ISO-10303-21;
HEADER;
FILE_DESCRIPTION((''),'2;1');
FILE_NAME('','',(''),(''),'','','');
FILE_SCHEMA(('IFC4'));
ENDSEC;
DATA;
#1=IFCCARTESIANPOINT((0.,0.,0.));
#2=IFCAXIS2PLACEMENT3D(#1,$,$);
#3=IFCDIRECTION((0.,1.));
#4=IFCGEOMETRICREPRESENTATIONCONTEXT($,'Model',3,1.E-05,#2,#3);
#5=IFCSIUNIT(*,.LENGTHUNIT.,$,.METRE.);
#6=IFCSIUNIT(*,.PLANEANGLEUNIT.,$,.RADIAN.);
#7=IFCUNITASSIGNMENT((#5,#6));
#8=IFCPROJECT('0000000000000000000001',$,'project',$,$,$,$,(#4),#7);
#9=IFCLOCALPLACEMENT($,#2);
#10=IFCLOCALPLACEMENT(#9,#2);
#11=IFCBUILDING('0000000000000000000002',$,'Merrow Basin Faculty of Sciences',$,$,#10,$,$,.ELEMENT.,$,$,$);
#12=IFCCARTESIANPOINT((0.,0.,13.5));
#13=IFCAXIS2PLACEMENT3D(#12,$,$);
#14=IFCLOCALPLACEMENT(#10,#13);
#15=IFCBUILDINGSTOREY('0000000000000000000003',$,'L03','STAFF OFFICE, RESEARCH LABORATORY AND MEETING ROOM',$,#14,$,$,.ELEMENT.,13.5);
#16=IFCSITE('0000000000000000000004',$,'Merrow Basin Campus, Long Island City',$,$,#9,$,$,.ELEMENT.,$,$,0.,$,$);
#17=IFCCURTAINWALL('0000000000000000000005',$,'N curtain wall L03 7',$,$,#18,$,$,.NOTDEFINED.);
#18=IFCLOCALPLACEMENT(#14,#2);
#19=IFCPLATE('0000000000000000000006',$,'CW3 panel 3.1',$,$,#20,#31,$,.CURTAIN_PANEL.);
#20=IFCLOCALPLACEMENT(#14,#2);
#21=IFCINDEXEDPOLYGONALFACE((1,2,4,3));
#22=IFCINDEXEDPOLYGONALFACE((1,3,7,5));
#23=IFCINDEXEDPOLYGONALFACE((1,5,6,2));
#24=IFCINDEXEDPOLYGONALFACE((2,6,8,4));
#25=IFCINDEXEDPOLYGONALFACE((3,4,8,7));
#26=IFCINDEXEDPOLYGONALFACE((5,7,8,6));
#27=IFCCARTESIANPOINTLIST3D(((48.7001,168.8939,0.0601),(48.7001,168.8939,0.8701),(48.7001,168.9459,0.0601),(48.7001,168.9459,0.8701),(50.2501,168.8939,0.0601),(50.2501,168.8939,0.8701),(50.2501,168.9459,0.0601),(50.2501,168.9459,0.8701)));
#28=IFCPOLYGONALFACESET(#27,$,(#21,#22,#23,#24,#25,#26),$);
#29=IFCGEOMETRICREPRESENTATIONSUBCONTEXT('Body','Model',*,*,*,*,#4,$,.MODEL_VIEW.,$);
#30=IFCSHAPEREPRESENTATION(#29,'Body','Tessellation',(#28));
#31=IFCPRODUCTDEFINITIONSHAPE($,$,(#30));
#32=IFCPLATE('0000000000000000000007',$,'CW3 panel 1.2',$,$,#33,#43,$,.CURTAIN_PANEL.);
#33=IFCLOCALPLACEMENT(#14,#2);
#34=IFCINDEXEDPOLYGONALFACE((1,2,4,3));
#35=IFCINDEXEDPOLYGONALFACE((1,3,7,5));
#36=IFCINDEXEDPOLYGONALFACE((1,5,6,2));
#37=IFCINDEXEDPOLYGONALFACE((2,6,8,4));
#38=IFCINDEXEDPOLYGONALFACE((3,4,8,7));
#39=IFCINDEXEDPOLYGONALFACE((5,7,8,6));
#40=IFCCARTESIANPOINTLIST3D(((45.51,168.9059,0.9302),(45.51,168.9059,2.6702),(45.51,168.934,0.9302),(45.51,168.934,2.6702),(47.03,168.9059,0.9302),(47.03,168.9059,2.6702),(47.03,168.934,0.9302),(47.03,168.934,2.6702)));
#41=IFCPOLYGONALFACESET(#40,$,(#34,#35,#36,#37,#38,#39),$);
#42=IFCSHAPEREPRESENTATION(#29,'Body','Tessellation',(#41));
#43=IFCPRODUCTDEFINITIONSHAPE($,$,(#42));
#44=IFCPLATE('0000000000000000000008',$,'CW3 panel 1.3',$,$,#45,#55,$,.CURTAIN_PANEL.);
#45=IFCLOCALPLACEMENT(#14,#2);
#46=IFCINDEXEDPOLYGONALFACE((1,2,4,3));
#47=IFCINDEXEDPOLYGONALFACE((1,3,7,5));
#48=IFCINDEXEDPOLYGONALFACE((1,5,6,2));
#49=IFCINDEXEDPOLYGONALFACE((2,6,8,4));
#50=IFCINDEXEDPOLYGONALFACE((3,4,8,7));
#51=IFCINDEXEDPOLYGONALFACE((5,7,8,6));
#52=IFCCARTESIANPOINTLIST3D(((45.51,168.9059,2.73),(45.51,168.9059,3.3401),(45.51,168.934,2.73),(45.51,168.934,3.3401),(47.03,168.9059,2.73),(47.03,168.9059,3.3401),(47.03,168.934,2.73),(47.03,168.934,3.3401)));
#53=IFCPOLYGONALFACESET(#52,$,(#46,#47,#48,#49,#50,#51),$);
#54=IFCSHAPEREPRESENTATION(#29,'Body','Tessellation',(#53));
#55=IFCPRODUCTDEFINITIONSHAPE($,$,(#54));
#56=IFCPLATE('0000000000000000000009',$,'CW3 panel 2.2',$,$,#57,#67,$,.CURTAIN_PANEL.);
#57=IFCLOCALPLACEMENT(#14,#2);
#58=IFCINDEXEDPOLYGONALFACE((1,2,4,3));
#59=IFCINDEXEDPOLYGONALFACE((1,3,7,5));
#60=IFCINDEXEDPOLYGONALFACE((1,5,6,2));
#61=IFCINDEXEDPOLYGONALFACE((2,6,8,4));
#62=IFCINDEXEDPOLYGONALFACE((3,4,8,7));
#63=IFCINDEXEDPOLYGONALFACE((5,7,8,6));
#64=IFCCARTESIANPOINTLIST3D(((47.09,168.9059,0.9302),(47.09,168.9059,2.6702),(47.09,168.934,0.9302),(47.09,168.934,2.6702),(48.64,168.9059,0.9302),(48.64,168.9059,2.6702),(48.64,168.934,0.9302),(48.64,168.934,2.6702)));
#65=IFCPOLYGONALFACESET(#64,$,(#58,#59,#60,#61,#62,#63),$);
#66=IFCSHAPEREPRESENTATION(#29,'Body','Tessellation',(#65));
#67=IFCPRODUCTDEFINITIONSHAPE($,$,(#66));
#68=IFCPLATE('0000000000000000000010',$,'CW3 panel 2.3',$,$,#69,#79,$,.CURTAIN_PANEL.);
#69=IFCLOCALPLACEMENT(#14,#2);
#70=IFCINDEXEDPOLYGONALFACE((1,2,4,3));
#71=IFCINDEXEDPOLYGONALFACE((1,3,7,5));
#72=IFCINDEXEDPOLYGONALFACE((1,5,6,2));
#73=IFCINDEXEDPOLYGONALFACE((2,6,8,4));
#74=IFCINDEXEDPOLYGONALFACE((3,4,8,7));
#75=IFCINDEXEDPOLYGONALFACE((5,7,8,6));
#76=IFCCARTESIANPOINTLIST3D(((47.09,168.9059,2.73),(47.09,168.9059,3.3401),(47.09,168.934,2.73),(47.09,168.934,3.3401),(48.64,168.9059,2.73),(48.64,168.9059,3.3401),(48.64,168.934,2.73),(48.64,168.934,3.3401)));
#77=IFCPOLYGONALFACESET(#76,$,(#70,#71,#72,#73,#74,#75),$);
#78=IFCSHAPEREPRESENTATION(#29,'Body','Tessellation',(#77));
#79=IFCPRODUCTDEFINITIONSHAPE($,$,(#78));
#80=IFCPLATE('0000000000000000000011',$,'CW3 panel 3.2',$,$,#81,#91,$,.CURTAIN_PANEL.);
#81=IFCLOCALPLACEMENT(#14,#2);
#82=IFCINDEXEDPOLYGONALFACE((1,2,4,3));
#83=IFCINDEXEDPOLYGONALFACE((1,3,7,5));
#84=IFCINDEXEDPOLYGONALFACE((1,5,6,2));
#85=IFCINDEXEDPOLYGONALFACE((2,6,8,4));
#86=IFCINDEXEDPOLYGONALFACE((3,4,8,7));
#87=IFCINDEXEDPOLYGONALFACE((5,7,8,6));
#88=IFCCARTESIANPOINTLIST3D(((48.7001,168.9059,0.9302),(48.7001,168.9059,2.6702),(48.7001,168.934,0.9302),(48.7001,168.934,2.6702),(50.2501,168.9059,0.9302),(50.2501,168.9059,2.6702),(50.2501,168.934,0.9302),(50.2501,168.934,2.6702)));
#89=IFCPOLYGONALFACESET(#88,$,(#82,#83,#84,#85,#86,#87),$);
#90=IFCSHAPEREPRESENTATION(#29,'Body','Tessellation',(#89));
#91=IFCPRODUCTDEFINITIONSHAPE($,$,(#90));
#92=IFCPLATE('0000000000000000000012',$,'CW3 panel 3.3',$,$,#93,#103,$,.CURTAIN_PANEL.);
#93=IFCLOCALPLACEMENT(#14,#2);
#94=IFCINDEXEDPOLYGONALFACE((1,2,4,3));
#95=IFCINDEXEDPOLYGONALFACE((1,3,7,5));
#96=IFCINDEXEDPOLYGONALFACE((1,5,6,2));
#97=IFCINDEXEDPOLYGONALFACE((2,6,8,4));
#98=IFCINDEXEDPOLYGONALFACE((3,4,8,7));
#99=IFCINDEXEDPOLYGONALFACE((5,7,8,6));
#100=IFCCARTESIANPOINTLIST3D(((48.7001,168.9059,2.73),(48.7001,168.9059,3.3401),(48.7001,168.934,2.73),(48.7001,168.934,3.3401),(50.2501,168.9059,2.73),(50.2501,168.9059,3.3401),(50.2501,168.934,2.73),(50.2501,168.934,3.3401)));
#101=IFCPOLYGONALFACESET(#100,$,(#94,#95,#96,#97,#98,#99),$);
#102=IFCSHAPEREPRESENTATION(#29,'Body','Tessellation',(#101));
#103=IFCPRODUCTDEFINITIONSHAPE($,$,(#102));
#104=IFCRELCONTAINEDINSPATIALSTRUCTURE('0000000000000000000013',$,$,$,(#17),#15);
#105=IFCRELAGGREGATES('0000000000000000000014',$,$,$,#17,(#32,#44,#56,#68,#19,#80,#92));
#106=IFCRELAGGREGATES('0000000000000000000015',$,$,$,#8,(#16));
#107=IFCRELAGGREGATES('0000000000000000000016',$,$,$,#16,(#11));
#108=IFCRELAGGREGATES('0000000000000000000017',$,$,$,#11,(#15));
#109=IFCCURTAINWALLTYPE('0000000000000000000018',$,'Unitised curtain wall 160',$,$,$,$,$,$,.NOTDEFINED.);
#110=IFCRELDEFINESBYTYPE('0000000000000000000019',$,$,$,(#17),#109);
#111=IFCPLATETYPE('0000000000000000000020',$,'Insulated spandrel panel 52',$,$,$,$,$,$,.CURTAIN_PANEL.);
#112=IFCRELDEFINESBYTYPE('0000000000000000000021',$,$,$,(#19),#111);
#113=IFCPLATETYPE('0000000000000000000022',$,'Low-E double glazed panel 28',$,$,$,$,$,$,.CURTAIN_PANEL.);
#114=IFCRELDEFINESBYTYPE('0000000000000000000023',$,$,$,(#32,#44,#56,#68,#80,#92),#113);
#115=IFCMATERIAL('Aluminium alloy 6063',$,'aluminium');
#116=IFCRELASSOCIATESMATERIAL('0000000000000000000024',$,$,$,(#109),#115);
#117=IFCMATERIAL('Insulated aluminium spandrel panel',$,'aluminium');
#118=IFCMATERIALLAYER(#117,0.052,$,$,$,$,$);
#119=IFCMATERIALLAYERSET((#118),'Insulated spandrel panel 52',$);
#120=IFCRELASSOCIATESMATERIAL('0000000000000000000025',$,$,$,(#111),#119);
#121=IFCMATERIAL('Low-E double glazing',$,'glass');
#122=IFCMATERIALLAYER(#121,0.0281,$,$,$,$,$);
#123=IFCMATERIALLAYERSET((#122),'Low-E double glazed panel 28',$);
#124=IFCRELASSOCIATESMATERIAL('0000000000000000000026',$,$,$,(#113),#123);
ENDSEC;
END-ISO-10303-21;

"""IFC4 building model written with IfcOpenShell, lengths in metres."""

from ifc_helpers import new_model, si_unit, direction, frame, origin, origin_2d, place, context, subcontext, project, spatial, rectangle, extrude, material, layer, layer_set, type_object, element, aggregate, save


model = new_model("IFC4")

# Units and contexts
model_context = context("Model", 3, precision=1e-05, world=origin(), true_north=direction((0.0, 1.0)))
body_context = subcontext(model_context, "Body", "Model", "MODEL_VIEW")
ifc_project = project(units=[si_unit("LENGTHUNIT", "METRE"), si_unit("PLANEANGLEUNIT", "RADIAN")], contexts=[model_context])

# Site, building, storey
site_placement = place(None, origin())
site = spatial("IfcSite", under=ifc_project, at=site_placement, Name="Merrow Basin Campus, Long Island City", CompositionType="ELEMENT", RefElevation=0.0)
building_placement = place(site_placement, origin())
building = spatial("IfcBuilding", under=site, at=building_placement, Name="Merrow Basin Faculty of Sciences", CompositionType="ELEMENT")
storey_placement = place(building_placement, frame((0.0, 0.0, 13.5)))
storey = spatial("IfcBuildingStorey", under=building, at=storey_placement, Name="L03", Description="STAFF OFFICE, RESEARCH LABORATORY AND MEETING ROOM", CompositionType="ELEMENT", Elevation=13.5)

# Curtain wall, plates
ifc_material_1 = material(Name="Aluminium alloy 6063", Category="aluminium")
curtain_wall_type = type_object("IfcCurtainWallType", Name="Unitised curtain wall 160", PredefinedType="NOTDEFINED", material=ifc_material_1)
curtain_wall_placement = place(storey_placement, origin())
curtain_wall = element("IfcCurtainWall", 1, at=curtain_wall_placement, inside=storey, type_object=curtain_wall_type, Name="N curtain wall L03 7", PredefinedType="NOTDEFINED")
ifc_material_2 = material(Name="Insulated aluminium spandrel panel", Category="aluminium")
ifc_layer_1 = layer(ifc_material_2, 0.052)
ifc_layer_set_1 = layer_set([ifc_layer_1], Name="Insulated spandrel panel 52")
plate_type_1 = type_object("IfcPlateType", Name="Insulated spandrel panel 52", PredefinedType="CURTAIN_PANEL", material=ifc_layer_set_1)
plate_1_placement = place(storey_placement, frame((49.4751, 168.9199, 0.0601), z_axis=(0.0, 0.0, 1.0), x_axis=(1.0, 0.0, 0.0)))
plate_1 = element("IfcPlate", 2, at=plate_1_placement, type_object=plate_type_1, Name="CW3 panel 3.1", PredefinedType="CURTAIN_PANEL", context=body_context, shape_type="SweptSolid", body=[
    extrude(rectangle(XDim=1.55, YDim=0.052, at=origin_2d()), origin(), (0.0, 0.0, 1.0), 0.8101),
])
ifc_material_3 = material(Name="Low-E double glazing", Category="glass")
ifc_layer_2 = layer(ifc_material_3, 0.0281)
ifc_layer_set_2 = layer_set([ifc_layer_2], Name="Low-E double glazed panel 28")
plate_type_2 = type_object("IfcPlateType", Name="Low-E double glazed panel 28", PredefinedType="CURTAIN_PANEL", material=ifc_layer_set_2)
plate_2_placement = place(storey_placement, frame((46.27, 168.9199, 0.9302), z_axis=(0.0, 0.0, 1.0), x_axis=(1.0, 0.0, 0.0)))
plate_2 = element("IfcPlate", 3, at=plate_2_placement, type_object=plate_type_2, Name="CW3 panel 1.2", PredefinedType="CURTAIN_PANEL", context=body_context, shape_type="SweptSolid", body=[
    extrude(rectangle(XDim=1.52, YDim=0.0281, at=origin_2d()), origin(), (0.0, 0.0, 1.0), 1.74),
])
plate_3_placement = place(storey_placement, frame((46.27, 168.9199, 2.73), z_axis=(0.0, 0.0, 1.0), x_axis=(1.0, 0.0, 0.0)))
plate_3 = element("IfcPlate", 4, at=plate_3_placement, type_object=plate_type_2, Name="CW3 panel 1.3", PredefinedType="CURTAIN_PANEL", context=body_context, shape_type="SweptSolid", body=[
    extrude(rectangle(XDim=1.52, YDim=0.0281, at=origin_2d()), origin(), (0.0, 0.0, 1.0), 0.6101),
])
plate_4_placement = place(storey_placement, frame((47.865, 168.9199, 0.9302), z_axis=(0.0, 0.0, 1.0), x_axis=(1.0, 0.0, 0.0)))
plate_4 = element("IfcPlate", 5, at=plate_4_placement, type_object=plate_type_2, Name="CW3 panel 2.2", PredefinedType="CURTAIN_PANEL", context=body_context, shape_type="SweptSolid", body=[
    extrude(rectangle(XDim=1.55, YDim=0.0281, at=origin_2d()), origin(), (0.0, 0.0, 1.0), 1.74),
])
plate_5_placement = place(storey_placement, frame((47.865, 168.9199, 2.73), z_axis=(0.0, 0.0, 1.0), x_axis=(1.0, 0.0, 0.0)))
plate_5 = element("IfcPlate", 6, at=plate_5_placement, type_object=plate_type_2, Name="CW3 panel 2.3", PredefinedType="CURTAIN_PANEL", context=body_context, shape_type="SweptSolid", body=[
    extrude(rectangle(XDim=1.55, YDim=0.0281, at=origin_2d()), origin(), (0.0, 0.0, 1.0), 0.6101),
])
plate_6_placement = place(storey_placement, frame((49.4751, 168.9199, 0.9302), z_axis=(0.0, 0.0, 1.0), x_axis=(1.0, 0.0, 0.0)))
plate_6 = element("IfcPlate", 7, at=plate_6_placement, type_object=plate_type_2, Name="CW3 panel 3.2", PredefinedType="CURTAIN_PANEL", context=body_context, shape_type="SweptSolid", body=[
    extrude(rectangle(XDim=1.55, YDim=0.0281, at=origin_2d()), origin(), (0.0, 0.0, 1.0), 1.74),
])
plate_7_placement = place(storey_placement, frame((49.4751, 168.9199, 2.73), z_axis=(0.0, 0.0, 1.0), x_axis=(1.0, 0.0, 0.0)))
plate_7 = element("IfcPlate", 8, at=plate_7_placement, type_object=plate_type_2, Name="CW3 panel 3.3", PredefinedType="CURTAIN_PANEL", context=body_context, shape_type="SweptSolid", body=[
    extrude(rectangle(XDim=1.55, YDim=0.0281, at=origin_2d()), origin(), (0.0, 0.0, 1.0), 0.6101),
])
aggregate(curtain_wall, [plate_2, plate_3, plate_4, plate_5, plate_1, plate_6, plate_7])

save(model, "model.ifc")
